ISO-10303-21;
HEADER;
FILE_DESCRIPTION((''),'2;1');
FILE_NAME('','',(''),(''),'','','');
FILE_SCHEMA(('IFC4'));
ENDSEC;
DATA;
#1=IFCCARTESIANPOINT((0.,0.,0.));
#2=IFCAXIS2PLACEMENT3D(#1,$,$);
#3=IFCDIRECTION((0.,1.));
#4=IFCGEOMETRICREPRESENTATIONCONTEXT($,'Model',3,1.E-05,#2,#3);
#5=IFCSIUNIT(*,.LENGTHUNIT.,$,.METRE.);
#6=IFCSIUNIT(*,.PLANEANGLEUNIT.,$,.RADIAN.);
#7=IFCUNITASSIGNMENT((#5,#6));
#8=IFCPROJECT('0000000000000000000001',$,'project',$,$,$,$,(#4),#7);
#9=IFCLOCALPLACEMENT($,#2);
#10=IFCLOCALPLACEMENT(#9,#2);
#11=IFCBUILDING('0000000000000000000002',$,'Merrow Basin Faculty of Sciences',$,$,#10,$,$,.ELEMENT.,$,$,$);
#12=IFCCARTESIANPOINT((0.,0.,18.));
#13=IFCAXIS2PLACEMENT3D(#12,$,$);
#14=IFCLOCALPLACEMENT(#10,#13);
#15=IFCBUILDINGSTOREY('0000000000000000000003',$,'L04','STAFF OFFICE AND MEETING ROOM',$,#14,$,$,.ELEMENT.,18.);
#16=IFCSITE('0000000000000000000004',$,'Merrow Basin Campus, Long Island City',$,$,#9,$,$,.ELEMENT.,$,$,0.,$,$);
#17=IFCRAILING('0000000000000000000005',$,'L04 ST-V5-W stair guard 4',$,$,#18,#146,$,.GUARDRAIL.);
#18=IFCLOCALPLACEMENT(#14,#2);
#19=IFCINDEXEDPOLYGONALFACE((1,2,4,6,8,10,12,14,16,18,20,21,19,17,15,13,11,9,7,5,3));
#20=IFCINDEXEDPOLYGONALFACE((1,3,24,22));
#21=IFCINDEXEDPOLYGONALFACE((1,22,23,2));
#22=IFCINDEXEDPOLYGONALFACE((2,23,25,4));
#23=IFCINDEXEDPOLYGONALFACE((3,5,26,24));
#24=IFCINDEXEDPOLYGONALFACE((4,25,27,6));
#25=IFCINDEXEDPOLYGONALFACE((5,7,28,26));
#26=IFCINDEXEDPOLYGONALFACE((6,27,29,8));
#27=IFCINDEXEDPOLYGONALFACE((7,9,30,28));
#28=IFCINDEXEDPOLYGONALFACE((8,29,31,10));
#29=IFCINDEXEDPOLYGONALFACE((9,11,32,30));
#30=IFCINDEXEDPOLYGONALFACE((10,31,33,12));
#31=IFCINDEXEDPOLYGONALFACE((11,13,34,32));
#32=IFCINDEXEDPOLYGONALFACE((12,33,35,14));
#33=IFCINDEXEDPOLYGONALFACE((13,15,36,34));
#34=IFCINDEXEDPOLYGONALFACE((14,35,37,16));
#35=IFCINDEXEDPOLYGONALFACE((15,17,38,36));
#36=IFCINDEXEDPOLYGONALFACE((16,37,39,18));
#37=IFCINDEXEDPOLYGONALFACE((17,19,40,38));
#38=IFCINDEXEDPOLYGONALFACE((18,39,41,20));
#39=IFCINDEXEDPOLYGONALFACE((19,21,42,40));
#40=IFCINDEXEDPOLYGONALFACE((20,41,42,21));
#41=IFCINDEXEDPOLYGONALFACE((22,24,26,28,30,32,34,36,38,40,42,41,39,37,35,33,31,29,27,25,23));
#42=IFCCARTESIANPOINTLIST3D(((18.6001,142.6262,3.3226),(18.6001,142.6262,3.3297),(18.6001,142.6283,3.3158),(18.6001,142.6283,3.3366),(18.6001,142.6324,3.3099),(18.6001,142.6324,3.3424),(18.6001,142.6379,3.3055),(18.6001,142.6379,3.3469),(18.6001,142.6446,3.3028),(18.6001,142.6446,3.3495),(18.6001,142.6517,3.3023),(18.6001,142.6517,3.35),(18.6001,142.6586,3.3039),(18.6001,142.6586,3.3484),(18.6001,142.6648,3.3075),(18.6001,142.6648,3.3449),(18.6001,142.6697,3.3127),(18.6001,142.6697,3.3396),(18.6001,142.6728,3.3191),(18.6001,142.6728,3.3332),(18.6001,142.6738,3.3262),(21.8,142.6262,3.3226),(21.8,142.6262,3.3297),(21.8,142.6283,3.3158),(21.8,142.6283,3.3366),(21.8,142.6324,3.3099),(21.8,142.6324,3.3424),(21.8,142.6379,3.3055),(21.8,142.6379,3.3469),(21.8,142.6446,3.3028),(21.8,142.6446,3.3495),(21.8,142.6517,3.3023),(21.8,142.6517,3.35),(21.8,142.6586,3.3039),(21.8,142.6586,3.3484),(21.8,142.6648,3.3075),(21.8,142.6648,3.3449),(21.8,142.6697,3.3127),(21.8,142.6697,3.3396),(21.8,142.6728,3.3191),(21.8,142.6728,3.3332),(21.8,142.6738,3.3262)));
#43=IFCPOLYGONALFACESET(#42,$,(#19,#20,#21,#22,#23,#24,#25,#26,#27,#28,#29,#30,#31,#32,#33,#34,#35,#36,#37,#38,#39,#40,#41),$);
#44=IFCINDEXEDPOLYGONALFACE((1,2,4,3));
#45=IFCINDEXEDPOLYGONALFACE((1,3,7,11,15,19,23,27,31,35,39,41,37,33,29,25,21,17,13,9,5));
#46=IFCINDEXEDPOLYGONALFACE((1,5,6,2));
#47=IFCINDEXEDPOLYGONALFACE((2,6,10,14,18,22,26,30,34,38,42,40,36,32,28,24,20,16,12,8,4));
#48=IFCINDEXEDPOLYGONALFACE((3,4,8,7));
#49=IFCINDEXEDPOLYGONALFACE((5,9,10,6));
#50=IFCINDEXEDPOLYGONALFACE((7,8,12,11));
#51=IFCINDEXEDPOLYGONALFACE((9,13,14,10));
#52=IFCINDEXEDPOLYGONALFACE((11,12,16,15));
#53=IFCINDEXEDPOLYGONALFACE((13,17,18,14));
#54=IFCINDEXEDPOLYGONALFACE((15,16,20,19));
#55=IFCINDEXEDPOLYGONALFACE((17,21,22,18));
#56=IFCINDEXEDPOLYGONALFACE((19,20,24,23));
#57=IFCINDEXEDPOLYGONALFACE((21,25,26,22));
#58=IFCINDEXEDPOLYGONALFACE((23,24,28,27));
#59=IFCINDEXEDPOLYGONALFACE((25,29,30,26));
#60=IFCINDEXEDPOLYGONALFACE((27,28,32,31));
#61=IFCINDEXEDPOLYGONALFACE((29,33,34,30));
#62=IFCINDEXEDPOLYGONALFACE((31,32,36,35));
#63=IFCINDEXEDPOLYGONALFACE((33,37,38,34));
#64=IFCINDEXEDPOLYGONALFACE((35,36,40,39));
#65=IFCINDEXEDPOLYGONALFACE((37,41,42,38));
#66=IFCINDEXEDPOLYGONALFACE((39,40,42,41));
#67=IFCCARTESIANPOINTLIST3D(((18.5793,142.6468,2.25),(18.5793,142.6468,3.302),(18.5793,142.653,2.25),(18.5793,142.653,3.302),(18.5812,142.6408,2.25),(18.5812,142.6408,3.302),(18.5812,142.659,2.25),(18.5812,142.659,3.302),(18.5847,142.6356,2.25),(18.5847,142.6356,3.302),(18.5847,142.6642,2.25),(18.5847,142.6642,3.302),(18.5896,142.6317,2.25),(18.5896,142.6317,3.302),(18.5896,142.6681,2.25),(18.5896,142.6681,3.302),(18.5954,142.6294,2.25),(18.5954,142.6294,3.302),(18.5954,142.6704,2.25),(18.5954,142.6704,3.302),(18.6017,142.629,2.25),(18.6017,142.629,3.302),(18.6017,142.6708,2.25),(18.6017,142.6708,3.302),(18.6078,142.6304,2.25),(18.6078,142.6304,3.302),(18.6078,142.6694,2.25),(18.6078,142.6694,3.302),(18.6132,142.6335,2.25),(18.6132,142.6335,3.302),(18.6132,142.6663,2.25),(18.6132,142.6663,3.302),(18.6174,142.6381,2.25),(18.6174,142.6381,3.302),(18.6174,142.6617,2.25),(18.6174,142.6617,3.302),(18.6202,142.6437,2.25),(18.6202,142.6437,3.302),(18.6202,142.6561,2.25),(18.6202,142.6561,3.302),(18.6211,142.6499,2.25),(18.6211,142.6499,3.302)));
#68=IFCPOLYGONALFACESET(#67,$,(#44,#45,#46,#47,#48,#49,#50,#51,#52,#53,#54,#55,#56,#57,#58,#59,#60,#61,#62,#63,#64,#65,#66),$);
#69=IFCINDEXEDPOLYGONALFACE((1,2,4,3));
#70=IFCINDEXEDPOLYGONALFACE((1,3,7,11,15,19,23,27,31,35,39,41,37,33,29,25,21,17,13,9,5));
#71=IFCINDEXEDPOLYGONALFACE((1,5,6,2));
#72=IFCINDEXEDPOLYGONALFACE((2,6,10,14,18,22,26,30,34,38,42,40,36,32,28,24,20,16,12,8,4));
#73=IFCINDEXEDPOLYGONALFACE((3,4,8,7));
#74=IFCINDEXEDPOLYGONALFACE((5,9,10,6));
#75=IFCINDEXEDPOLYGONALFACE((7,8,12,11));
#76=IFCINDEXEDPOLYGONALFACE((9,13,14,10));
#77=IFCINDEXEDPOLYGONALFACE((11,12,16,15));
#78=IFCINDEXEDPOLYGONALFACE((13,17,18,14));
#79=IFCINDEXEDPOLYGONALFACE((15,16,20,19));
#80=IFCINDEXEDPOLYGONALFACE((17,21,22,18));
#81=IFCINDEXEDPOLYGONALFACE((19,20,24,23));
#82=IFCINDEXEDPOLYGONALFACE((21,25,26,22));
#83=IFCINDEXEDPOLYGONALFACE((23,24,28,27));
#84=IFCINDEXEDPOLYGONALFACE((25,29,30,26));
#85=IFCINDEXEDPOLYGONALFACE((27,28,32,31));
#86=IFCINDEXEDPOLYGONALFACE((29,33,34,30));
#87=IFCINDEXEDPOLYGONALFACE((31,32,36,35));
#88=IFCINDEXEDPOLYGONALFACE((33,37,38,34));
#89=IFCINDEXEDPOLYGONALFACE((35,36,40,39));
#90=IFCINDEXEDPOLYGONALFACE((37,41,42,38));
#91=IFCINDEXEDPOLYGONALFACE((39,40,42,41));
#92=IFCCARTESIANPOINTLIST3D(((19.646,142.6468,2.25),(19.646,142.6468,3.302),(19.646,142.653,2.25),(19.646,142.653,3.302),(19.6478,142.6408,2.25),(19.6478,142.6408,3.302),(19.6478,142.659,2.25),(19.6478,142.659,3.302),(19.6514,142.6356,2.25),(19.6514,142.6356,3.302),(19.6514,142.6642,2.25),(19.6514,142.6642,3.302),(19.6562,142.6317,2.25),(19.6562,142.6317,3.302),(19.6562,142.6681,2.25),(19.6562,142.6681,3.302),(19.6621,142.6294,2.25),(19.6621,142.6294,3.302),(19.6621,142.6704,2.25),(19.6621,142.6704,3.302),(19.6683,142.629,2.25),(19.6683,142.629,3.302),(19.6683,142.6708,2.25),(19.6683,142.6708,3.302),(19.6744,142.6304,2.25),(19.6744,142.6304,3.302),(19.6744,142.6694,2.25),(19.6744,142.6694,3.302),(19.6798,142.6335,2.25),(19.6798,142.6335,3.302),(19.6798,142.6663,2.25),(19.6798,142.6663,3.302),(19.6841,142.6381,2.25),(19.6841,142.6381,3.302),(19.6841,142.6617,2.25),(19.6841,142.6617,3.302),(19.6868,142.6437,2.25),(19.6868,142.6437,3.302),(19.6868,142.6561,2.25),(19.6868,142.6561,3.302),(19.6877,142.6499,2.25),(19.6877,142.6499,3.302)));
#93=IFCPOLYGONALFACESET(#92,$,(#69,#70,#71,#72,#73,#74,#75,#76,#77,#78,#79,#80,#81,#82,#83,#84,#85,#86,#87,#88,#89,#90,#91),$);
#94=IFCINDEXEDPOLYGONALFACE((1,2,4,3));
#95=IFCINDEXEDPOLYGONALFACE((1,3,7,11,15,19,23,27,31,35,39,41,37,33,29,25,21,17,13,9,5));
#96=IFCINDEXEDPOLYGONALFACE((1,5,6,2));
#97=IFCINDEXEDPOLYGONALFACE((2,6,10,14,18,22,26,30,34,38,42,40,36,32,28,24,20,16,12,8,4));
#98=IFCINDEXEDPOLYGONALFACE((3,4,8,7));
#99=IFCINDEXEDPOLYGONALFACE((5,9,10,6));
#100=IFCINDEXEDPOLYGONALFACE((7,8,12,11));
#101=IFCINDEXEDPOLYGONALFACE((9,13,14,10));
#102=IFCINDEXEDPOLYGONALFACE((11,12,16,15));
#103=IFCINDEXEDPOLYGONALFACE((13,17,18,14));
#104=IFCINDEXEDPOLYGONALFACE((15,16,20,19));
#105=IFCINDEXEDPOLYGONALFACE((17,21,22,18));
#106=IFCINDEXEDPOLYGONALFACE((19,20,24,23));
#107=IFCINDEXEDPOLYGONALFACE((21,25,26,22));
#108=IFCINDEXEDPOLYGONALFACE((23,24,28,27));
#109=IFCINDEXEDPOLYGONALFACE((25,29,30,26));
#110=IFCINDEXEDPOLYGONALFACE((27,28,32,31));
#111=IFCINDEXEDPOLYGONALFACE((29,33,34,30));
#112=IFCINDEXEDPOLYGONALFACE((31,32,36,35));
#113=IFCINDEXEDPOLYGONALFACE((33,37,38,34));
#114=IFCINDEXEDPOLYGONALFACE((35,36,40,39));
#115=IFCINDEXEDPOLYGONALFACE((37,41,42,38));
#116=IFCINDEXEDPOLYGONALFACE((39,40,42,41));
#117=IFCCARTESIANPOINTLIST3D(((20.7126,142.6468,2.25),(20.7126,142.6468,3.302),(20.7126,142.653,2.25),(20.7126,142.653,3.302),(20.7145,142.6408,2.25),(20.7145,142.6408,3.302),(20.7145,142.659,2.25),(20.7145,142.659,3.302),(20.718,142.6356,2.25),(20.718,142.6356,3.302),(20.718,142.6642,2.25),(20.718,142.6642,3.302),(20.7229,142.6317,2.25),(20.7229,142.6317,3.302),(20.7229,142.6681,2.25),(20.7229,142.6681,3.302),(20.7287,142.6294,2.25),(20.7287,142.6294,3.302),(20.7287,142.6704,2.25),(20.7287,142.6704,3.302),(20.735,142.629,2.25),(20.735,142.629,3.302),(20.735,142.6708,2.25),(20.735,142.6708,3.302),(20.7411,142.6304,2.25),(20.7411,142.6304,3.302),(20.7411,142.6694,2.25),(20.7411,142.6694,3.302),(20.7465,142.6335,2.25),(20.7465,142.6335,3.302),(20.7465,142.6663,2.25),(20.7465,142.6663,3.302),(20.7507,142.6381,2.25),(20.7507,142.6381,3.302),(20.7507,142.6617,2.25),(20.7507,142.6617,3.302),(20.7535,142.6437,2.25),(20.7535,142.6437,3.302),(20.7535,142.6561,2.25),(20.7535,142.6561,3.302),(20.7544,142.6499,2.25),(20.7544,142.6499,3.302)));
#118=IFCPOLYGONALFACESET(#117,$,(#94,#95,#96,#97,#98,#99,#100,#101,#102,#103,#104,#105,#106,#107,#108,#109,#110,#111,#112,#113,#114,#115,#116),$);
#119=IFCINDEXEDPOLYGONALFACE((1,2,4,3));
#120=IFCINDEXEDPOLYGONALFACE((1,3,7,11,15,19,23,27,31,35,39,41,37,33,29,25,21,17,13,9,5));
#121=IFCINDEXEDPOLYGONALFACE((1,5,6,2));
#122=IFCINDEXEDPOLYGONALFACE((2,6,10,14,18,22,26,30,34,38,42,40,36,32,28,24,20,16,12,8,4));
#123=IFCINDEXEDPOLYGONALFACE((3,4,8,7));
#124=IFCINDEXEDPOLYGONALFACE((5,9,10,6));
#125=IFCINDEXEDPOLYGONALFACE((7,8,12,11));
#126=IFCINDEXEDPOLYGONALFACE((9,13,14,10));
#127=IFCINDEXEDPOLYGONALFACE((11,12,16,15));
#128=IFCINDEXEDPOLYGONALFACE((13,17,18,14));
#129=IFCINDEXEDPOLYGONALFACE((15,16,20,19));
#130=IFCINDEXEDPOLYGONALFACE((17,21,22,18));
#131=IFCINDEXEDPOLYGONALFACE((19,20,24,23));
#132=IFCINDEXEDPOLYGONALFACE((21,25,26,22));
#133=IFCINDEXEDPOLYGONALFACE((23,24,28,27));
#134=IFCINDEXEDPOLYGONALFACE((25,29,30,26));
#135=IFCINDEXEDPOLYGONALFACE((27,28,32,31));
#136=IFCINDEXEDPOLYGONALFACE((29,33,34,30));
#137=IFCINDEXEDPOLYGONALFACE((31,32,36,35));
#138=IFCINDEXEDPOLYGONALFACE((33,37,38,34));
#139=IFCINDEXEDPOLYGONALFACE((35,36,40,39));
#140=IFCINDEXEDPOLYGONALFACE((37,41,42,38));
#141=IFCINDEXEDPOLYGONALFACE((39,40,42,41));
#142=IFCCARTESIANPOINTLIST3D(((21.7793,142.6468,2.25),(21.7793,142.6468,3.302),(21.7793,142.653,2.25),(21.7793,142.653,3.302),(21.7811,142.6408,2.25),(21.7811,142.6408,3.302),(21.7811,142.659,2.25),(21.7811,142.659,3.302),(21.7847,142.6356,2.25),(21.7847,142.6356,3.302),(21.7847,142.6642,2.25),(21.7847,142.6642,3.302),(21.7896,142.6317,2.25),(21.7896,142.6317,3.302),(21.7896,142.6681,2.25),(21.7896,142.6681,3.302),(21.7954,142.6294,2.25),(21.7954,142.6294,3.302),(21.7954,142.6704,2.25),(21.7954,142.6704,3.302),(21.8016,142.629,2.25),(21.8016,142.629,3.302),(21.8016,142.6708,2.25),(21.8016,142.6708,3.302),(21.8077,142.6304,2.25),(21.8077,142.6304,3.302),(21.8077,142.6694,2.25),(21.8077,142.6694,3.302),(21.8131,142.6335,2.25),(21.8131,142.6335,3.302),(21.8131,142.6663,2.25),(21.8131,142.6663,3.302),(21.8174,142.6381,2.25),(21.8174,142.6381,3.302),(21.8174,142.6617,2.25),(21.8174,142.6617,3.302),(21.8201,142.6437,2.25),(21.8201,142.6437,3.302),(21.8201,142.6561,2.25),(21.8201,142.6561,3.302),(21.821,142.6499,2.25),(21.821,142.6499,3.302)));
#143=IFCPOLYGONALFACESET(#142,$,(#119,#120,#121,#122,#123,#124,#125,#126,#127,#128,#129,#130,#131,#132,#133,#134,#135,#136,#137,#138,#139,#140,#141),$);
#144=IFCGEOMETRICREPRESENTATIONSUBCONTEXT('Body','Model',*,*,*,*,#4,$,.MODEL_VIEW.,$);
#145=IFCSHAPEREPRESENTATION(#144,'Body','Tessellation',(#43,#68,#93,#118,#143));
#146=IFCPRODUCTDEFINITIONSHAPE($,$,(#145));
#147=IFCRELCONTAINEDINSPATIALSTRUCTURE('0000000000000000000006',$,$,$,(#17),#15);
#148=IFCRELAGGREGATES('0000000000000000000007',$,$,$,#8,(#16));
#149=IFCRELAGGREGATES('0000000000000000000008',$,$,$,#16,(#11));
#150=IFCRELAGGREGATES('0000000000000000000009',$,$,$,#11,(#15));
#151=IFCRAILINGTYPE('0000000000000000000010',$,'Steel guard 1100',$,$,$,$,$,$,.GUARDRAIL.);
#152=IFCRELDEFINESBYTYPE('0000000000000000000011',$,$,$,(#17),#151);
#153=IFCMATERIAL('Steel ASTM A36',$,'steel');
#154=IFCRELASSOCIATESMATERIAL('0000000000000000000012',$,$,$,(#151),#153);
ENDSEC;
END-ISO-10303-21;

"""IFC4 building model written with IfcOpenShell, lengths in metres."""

from ifc_helpers import new_model, si_unit, direction, frame, origin, origin_2d, place, context, subcontext, project, spatial, circle, extrude, material, type_object, element, save


model = new_model("IFC4")

# Units and contexts
model_context = context("Model", 3, precision=1e-05, world=origin(), true_north=direction((0.0, 1.0)))
body_context = subcontext(model_context, "Body", "Model", "MODEL_VIEW")
ifc_project = project(units=[si_unit("LENGTHUNIT", "METRE"), si_unit("PLANEANGLEUNIT", "RADIAN")], contexts=[model_context])

# Site, building, storey
site_placement = place(None, origin())
site = spatial("IfcSite", under=ifc_project, at=site_placement, Name="Merrow Basin Campus, Long Island City", CompositionType="ELEMENT", RefElevation=0.0)
building_placement = place(site_placement, origin())
building = spatial("IfcBuilding", under=site, at=building_placement, Name="Merrow Basin Faculty of Sciences", CompositionType="ELEMENT")
storey_placement = place(building_placement, frame((0.0, 0.0, 18.0)))
storey = spatial("IfcBuildingStorey", under=building, at=storey_placement, Name="L04", Description="STAFF OFFICE AND MEETING ROOM", CompositionType="ELEMENT", Elevation=18.0)

# Railing
ifc_material_1 = material(Name="Steel ASTM A36", Category="steel")
railing_type_1 = type_object("IfcRailingType", Name="Steel guard 1100", PredefinedType="GUARDRAIL", material=ifc_material_1)
railing_1_placement = place(storey_placement, frame((18.6001, 142.6499, 2.25)))
element("IfcRailing", 1, at=railing_1_placement, inside=storey, type_object=railing_type_1, Name="L04 ST-V5-W stair guard 4", PredefinedType="GUARDRAIL", context=body_context, shape_type="SweptSolid", body=[
    extrude(circle(Radius=0.0239, at=origin_2d()), frame((0.0, 0.0, 1.0762), z_axis=(1.0, 0.0, 0.0), x_axis=(0.0, 1.0, 0.0)), (0.0, 0.0, 1.0), 3.2),
    extrude(circle(Radius=0.021, at=origin_2d()), origin(), (0.0, 0.0, 1.0), 1.052),
    extrude(circle(Radius=0.021, at=origin_2d()), frame((1.0667, 0.0, 0.0)), (0.0, 0.0, 1.0), 1.052),
    extrude(circle(Radius=0.021, at=origin_2d()), frame((2.1333, 0.0, 0.0)), (0.0, 0.0, 1.0), 1.052),
    extrude(circle(Radius=0.021, at=origin_2d()), frame((3.2, 0.0, 0.0)), (0.0, 0.0, 1.0), 1.052),
])

save(model, "model.ifc")
